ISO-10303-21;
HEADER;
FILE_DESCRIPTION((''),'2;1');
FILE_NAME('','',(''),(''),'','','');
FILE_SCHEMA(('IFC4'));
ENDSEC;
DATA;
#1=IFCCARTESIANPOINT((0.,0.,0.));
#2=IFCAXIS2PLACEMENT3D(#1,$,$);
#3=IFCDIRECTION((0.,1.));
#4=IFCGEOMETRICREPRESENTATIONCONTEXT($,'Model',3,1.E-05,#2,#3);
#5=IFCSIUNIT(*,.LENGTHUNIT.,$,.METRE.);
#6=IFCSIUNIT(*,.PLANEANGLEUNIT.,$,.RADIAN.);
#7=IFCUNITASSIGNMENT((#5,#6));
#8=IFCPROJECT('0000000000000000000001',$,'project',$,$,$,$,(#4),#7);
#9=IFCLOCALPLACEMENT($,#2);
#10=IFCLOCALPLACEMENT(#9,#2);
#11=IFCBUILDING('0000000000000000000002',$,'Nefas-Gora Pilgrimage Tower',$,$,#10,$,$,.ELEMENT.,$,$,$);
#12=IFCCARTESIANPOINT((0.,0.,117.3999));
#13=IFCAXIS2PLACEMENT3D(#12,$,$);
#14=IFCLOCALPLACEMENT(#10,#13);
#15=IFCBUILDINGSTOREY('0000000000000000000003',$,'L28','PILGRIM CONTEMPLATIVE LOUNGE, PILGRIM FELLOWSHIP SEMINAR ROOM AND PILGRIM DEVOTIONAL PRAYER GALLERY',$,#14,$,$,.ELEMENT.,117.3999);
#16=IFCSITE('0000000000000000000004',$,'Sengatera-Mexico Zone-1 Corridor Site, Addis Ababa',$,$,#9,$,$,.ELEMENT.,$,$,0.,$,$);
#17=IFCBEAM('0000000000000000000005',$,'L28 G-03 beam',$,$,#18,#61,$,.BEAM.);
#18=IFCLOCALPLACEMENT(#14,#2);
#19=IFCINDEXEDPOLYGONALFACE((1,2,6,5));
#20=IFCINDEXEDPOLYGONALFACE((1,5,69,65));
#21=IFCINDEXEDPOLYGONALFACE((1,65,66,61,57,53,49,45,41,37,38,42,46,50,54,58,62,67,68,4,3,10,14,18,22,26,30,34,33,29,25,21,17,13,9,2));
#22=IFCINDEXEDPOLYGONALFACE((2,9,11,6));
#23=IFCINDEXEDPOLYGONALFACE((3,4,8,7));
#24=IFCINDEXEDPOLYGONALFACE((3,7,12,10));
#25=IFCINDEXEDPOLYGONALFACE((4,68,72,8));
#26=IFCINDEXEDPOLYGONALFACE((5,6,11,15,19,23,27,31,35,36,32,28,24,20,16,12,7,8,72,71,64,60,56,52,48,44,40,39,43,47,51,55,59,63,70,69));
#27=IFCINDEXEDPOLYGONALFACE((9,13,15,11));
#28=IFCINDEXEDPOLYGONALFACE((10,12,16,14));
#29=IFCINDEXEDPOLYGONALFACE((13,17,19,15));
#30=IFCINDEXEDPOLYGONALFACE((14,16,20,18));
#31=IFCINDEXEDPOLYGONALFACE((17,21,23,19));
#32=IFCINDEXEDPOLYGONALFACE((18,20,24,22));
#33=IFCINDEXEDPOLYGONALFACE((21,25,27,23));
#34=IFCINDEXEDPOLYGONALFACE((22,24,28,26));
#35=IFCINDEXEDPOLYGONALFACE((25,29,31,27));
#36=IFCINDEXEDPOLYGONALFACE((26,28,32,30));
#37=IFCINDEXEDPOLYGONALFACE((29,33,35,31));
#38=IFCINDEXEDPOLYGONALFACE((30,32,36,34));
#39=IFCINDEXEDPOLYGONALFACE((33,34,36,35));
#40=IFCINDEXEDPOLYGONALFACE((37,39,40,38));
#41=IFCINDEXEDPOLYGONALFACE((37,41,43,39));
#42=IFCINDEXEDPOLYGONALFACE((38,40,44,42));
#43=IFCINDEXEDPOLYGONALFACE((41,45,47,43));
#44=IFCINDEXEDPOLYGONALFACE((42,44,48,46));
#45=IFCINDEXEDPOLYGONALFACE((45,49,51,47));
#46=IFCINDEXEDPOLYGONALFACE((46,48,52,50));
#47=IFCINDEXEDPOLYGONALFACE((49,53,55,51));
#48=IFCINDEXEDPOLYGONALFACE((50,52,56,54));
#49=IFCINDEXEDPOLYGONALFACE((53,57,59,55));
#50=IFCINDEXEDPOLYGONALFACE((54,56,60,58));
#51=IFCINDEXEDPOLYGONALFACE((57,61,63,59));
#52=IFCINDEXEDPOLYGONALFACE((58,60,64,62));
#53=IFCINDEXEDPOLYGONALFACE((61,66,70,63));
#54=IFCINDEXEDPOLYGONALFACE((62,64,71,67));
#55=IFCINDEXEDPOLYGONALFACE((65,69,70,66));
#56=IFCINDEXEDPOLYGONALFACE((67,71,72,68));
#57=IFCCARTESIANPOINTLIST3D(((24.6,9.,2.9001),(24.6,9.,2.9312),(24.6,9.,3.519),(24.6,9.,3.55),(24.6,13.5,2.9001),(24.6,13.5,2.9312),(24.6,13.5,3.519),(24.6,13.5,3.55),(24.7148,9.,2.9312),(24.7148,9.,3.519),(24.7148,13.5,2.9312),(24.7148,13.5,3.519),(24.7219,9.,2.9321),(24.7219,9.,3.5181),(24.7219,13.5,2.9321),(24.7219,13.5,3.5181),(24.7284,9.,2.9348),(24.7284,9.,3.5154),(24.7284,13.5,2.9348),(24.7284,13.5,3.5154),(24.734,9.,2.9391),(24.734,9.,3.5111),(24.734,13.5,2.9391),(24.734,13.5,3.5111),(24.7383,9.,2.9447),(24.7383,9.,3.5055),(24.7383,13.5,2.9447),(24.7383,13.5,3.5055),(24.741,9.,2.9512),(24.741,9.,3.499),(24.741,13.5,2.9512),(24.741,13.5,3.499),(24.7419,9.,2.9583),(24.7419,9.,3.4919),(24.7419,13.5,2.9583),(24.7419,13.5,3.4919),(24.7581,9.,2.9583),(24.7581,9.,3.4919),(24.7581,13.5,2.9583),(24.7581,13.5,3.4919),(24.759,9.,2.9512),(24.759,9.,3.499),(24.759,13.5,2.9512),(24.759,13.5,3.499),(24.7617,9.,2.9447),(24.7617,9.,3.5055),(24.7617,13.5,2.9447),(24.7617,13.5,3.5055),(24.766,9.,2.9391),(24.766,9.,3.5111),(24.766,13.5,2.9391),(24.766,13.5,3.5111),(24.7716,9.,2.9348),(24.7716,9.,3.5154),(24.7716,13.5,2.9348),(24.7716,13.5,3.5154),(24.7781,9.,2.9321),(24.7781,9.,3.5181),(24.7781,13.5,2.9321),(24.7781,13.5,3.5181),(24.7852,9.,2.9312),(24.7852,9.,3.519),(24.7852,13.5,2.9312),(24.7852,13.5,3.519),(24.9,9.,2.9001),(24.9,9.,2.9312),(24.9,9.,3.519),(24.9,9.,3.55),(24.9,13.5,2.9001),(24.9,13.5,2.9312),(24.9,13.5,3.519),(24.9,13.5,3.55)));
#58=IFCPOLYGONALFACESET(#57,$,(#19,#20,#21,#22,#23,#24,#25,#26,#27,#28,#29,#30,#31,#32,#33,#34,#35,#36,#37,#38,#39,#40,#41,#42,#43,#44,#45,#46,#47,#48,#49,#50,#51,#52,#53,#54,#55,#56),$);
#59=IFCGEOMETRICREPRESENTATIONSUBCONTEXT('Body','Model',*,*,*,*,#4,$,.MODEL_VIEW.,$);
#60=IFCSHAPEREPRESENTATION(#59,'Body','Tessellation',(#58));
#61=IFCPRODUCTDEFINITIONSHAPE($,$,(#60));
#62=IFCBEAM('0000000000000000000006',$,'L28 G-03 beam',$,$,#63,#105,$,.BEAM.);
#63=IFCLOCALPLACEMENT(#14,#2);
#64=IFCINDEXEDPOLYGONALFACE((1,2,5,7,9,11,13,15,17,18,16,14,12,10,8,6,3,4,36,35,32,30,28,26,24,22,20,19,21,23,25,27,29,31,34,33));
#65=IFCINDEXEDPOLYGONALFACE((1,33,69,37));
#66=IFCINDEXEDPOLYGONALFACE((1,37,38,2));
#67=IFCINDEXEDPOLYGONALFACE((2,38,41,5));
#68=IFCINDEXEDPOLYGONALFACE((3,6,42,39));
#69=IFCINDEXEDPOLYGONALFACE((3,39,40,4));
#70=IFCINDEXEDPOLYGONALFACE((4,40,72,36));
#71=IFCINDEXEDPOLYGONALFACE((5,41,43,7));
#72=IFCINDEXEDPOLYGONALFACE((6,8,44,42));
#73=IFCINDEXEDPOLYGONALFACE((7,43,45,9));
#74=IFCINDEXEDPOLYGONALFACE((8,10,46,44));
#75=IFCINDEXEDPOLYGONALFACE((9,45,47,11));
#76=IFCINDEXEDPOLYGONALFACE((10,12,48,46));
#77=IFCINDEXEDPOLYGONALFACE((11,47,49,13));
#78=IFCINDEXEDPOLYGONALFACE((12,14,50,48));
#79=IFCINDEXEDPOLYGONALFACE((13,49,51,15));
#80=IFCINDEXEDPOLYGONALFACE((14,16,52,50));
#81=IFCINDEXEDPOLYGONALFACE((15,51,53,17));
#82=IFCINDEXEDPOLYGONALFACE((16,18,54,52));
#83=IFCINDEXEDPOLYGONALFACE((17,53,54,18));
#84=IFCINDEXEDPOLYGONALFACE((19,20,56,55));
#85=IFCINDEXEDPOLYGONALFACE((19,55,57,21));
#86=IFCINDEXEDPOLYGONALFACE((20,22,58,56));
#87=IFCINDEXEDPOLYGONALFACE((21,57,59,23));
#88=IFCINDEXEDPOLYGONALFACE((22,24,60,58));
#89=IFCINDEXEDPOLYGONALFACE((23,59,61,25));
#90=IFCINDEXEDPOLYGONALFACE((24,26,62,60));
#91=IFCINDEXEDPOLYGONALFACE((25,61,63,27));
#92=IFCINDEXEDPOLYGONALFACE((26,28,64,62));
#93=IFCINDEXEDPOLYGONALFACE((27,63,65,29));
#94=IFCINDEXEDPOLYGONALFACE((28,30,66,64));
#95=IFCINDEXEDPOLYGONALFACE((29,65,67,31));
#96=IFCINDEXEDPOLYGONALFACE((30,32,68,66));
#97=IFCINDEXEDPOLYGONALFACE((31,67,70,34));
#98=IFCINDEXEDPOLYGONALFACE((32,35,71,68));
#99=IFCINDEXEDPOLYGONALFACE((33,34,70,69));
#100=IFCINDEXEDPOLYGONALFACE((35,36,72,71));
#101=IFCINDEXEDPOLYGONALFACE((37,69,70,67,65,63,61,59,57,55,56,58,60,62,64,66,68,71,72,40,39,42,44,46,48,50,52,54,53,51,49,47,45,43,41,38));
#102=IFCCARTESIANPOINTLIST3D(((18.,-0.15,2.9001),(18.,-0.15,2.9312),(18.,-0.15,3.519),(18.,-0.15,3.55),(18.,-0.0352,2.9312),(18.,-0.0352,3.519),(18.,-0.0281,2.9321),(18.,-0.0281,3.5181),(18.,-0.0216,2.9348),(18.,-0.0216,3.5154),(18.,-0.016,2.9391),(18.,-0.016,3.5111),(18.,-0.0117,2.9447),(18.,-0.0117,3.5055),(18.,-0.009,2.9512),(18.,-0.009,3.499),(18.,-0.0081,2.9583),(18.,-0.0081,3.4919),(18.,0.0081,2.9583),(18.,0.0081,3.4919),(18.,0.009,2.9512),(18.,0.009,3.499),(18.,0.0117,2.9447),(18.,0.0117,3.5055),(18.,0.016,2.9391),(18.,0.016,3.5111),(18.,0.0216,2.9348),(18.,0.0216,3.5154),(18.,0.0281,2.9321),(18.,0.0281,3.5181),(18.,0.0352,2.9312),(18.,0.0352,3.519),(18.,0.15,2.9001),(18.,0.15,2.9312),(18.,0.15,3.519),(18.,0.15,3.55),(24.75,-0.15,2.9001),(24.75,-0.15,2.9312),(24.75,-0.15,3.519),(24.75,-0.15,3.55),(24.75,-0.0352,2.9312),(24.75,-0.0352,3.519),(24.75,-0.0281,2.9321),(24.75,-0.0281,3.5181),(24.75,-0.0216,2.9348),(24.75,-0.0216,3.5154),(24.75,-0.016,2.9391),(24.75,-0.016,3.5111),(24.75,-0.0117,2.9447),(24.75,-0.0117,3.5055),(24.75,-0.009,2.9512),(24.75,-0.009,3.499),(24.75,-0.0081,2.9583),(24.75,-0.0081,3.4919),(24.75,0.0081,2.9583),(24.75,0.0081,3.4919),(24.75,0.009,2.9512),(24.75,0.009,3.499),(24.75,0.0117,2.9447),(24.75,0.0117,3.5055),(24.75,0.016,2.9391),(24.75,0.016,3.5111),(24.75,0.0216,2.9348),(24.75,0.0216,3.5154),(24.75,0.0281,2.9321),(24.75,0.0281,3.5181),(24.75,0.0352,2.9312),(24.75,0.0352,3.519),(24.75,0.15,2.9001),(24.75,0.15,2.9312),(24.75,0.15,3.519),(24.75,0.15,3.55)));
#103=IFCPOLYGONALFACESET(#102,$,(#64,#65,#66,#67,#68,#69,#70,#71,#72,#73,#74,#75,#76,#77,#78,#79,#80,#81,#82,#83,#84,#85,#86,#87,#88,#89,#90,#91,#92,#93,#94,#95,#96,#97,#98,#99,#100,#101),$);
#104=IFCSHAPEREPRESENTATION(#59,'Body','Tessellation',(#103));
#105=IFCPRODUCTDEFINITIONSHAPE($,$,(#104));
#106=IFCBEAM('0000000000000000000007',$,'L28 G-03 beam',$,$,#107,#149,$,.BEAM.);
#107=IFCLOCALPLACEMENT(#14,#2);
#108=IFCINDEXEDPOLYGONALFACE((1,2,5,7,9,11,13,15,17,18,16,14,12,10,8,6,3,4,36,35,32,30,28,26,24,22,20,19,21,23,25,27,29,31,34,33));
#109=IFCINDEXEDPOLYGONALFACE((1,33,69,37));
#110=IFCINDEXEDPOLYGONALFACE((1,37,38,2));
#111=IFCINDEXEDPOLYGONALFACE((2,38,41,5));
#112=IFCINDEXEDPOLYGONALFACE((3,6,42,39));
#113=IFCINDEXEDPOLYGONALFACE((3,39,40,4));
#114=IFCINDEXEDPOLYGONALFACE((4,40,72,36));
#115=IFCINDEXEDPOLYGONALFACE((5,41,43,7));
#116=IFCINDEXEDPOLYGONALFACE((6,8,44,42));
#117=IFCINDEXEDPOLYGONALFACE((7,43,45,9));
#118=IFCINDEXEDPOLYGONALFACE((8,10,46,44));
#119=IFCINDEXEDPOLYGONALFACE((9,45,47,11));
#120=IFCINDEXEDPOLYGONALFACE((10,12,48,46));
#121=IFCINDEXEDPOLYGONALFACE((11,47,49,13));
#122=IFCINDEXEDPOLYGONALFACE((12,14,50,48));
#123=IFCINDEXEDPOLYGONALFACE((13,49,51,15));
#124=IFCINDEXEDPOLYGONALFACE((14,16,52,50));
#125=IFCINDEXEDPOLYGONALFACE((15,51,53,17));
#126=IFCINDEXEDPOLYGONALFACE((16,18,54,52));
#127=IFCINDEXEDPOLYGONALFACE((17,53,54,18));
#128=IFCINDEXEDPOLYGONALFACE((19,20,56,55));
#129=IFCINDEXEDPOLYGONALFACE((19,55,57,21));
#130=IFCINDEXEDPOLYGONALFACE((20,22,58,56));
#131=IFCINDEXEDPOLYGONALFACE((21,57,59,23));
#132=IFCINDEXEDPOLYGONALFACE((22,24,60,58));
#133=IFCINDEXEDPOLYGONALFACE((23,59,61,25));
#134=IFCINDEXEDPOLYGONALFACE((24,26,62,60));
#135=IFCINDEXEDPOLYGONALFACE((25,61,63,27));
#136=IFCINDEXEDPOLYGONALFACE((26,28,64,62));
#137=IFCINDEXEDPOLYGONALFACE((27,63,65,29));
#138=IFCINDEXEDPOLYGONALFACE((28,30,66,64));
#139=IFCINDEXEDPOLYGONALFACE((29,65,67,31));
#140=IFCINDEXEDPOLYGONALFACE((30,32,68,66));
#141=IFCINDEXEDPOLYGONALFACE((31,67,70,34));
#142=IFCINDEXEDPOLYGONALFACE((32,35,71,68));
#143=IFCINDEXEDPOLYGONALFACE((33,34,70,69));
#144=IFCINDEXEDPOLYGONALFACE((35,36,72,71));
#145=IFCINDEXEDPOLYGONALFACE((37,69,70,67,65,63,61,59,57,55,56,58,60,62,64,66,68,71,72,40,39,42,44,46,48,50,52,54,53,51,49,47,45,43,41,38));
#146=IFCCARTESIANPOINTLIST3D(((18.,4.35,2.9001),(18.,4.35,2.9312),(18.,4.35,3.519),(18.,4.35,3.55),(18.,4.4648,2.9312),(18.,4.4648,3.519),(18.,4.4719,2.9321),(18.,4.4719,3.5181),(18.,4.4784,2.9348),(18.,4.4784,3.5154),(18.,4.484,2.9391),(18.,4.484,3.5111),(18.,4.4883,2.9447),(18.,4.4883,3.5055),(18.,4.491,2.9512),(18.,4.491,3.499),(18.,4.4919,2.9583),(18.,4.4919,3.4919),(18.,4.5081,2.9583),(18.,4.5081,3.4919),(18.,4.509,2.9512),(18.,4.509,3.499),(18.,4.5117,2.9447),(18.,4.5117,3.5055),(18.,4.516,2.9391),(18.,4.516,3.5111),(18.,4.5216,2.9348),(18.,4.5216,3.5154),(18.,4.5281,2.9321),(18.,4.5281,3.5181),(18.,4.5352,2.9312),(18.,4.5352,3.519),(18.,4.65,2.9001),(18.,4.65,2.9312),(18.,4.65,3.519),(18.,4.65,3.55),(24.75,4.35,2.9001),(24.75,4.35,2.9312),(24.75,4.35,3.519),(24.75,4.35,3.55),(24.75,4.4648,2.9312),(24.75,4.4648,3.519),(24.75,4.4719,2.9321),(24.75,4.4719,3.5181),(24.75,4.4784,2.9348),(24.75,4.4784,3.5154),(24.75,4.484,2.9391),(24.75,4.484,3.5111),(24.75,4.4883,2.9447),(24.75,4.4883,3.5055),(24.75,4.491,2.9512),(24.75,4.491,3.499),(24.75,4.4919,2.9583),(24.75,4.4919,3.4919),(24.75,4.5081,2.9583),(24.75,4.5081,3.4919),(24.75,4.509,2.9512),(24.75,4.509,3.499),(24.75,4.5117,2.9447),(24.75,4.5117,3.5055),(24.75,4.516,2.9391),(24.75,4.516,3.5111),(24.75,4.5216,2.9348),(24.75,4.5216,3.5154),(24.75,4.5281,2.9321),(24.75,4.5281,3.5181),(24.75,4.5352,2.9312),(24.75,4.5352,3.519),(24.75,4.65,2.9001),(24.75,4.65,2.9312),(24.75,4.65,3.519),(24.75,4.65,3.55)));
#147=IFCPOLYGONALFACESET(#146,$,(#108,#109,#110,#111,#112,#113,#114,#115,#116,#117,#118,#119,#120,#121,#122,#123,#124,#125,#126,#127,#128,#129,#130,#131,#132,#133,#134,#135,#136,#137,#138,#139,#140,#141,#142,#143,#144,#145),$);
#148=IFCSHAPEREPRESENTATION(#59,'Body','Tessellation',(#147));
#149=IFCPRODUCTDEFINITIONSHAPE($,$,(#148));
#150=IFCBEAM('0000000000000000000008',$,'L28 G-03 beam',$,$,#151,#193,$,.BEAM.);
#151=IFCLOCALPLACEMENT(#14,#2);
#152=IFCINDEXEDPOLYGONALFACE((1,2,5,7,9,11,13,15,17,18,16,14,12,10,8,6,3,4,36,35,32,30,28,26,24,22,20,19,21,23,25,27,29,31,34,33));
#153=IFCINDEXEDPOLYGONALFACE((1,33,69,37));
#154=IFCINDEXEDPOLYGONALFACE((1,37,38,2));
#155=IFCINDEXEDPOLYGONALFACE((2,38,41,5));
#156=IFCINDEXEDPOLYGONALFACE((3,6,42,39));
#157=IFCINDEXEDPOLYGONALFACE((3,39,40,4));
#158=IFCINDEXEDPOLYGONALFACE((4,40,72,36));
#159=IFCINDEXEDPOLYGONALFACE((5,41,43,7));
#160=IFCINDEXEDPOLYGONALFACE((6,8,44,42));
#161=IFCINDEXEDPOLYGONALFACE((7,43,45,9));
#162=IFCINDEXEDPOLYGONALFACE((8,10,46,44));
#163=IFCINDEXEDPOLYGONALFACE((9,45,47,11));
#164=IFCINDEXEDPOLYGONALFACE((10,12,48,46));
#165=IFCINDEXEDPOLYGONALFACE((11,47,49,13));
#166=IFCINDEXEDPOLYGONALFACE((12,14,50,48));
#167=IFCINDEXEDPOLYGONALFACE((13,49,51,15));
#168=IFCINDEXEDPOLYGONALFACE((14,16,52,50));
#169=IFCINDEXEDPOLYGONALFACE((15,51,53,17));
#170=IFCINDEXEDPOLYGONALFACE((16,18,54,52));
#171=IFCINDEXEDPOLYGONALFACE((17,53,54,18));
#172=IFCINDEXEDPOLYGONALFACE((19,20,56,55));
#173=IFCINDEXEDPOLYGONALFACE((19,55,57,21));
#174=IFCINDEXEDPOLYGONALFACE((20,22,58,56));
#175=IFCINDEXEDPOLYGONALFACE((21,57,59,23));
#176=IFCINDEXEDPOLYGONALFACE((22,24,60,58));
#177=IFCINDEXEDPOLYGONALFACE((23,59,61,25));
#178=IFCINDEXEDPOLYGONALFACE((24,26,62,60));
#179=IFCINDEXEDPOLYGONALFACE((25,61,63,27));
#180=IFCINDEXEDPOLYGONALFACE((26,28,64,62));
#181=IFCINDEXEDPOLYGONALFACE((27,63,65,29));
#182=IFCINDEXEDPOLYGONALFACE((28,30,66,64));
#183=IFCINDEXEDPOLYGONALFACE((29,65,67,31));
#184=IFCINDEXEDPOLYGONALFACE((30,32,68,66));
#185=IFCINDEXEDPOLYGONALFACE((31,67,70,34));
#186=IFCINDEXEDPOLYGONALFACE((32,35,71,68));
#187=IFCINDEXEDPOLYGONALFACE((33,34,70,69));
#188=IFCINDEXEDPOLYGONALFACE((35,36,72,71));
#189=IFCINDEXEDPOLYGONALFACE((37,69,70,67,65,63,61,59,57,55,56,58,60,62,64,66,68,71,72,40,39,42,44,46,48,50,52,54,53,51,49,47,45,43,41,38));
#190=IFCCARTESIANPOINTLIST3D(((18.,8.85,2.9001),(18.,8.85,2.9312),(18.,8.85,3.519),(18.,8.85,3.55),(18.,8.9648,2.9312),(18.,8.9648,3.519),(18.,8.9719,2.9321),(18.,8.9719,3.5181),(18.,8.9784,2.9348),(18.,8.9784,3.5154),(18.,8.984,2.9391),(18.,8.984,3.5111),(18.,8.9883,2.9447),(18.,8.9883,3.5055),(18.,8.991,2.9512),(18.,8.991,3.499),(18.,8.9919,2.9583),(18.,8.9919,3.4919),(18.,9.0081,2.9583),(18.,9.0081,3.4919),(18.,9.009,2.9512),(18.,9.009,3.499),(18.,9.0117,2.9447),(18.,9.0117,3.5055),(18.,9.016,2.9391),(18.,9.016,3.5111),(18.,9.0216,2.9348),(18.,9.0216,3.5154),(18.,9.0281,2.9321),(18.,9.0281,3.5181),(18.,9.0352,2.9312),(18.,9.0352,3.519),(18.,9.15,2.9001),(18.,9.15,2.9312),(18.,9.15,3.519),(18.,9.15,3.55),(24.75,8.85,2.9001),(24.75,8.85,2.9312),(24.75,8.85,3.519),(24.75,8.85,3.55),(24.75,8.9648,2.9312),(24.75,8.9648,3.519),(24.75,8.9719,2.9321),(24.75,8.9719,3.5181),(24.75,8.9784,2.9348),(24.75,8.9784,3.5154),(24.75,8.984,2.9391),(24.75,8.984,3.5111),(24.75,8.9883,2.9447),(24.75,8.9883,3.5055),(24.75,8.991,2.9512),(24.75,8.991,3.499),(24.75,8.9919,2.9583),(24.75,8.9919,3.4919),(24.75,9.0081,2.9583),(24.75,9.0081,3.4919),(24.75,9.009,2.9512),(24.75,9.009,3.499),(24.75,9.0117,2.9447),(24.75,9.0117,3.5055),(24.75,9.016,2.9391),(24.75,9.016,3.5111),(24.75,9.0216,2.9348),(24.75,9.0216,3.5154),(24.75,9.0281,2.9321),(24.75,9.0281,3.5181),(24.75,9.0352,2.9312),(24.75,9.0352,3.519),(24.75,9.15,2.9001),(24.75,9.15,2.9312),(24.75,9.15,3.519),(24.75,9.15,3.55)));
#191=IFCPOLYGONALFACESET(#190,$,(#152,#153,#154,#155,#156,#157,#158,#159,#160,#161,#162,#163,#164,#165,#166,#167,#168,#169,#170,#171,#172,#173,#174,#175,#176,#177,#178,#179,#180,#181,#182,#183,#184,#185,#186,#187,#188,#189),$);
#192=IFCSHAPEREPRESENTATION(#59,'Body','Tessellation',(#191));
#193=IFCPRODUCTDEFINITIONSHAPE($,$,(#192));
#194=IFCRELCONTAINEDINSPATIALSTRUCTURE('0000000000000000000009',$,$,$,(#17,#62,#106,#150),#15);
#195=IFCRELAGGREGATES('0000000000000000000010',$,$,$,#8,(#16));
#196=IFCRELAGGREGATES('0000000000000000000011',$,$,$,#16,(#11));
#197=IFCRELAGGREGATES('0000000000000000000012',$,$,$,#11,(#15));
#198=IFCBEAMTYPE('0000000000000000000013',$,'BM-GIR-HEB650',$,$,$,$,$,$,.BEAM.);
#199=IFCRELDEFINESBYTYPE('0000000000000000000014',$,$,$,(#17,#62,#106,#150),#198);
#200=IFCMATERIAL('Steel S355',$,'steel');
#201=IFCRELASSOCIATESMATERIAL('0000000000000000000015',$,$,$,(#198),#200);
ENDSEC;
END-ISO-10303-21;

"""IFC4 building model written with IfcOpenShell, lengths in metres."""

from ifc_helpers import new_model, si_unit, direction, frame, origin, origin_2d, place, context, subcontext, project, spatial, i_section, extrude, source, transform, mapped, material, material_profile, profile_set, type_object, element, save


model = new_model("IFC4")

# Units and contexts
model_context = context("Model", 3, precision=1e-05, world=origin(), true_north=direction((0.0, 1.0)))
body_context = subcontext(model_context, "Body", "Model", "MODEL_VIEW")
ifc_project = project(units=[si_unit("LENGTHUNIT", "METRE"), si_unit("PLANEANGLEUNIT", "RADIAN")], contexts=[model_context])

# Site, building, storey
site_placement = place(None, origin())
site = spatial("IfcSite", under=ifc_project, at=site_placement, Name="Sengatera-Mexico Zone-1 Corridor Site, Addis Ababa", CompositionType="ELEMENT", RefElevation=0.0)
building_placement = place(site_placement, origin())
building = spatial("IfcBuilding", under=site, at=building_placement, Name="Nefas-Gora Pilgrimage Tower", CompositionType="ELEMENT")
storey_placement = place(building_placement, frame((0.0, 0.0, 117.3999)))
storey = spatial("IfcBuildingStorey", under=building, at=storey_placement, Name="L28", Description="PILGRIM CONTEMPLATIVE LOUNGE, PILGRIM FELLOWSHIP SEMINAR ROOM AND PILGRIM DEVOTIONAL PRAYER GALLERY", CompositionType="ELEMENT", Elevation=117.3999)

# Beams
ifc_material_1 = material(Name="Steel S355", Category="steel")
ifc_material_profile_1 = material_profile(ifc_material_1, i_section(OverallWidth=0.3, OverallDepth=0.6499, WebThickness=0.0161, FlangeThickness=0.031, FilletRadius=0.0271, at=origin_2d()), Name="HEB 650")
ifc_profile_set_1 = profile_set([ifc_material_profile_1], Name="Steel S355")
beam_type_1 = type_object("IfcBeamType", Name="BM-GIR-HEB650", PredefinedType="BEAM", material=ifc_profile_set_1)
shared_shape_1 = source(origin(), body_context, "Body", "SweptSolid", [
    extrude(i_section(OverallWidth=0.3, OverallDepth=0.6499, WebThickness=0.0161, FlangeThickness=0.031, FilletRadius=0.0271, at=origin_2d()), origin(), (0.0, 0.0, 1.0), 4.5),
])
for number, where, z_axis, x_axis, name in (
    (1, (24.75, 9.0, 3.2251), (0.0, 1.0, 0.0), (-1.0, 0.0, 0.0), "L28 G-03 beam"),
):
    element("IfcBeam", number, at=place(storey_placement, frame(where, z_axis=z_axis, x_axis=x_axis)), inside=storey, type_object=beam_type_1, Name=name, PredefinedType="BEAM", context=body_context, shape_type="MappedRepresentation", body=[
        mapped(shared_shape_1, transform((0.0, 0.0, 0.0), x_axis=(1.0, 0.0, 0.0), y_axis=(0.0, 1.0, 0.0), z_axis=(0.0, 0.0, 1.0), scale=1.0)),
    ])
shared_shape_2 = source(origin(), body_context, "Body", "SweptSolid", [
    extrude(i_section(OverallWidth=0.3, OverallDepth=0.6499, WebThickness=0.0161, FlangeThickness=0.031, FilletRadius=0.0271, at=origin_2d()), origin(), (0.0, 0.0, 1.0), 6.75),
])
for number, where, z_axis, x_axis, name in (
    (2, (18.0, 0.0, 3.2251), (1.0, 0.0, 0.0), (0.0, 1.0, 0.0), "L28 G-03 beam"),
    (3, (18.0, 4.5, 3.2251), (1.0, 0.0, 0.0), (0.0, 1.0, 0.0), "L28 G-03 beam"),
    (4, (18.0, 9.0, 3.2251), (1.0, 0.0, 0.0), (0.0, 1.0, 0.0), "L28 G-03 beam"),
):
    element("IfcBeam", number, at=place(storey_placement, frame(where, z_axis=z_axis, x_axis=x_axis)), inside=storey, type_object=beam_type_1, Name=name, PredefinedType="BEAM", context=body_context, shape_type="MappedRepresentation", body=[
        mapped(shared_shape_2, transform((0.0, 0.0, 0.0), x_axis=(1.0, 0.0, 0.0), y_axis=(0.0, 1.0, 0.0), z_axis=(0.0, 0.0, 1.0), scale=1.0)),
    ])

save(model, "model.ifc")
